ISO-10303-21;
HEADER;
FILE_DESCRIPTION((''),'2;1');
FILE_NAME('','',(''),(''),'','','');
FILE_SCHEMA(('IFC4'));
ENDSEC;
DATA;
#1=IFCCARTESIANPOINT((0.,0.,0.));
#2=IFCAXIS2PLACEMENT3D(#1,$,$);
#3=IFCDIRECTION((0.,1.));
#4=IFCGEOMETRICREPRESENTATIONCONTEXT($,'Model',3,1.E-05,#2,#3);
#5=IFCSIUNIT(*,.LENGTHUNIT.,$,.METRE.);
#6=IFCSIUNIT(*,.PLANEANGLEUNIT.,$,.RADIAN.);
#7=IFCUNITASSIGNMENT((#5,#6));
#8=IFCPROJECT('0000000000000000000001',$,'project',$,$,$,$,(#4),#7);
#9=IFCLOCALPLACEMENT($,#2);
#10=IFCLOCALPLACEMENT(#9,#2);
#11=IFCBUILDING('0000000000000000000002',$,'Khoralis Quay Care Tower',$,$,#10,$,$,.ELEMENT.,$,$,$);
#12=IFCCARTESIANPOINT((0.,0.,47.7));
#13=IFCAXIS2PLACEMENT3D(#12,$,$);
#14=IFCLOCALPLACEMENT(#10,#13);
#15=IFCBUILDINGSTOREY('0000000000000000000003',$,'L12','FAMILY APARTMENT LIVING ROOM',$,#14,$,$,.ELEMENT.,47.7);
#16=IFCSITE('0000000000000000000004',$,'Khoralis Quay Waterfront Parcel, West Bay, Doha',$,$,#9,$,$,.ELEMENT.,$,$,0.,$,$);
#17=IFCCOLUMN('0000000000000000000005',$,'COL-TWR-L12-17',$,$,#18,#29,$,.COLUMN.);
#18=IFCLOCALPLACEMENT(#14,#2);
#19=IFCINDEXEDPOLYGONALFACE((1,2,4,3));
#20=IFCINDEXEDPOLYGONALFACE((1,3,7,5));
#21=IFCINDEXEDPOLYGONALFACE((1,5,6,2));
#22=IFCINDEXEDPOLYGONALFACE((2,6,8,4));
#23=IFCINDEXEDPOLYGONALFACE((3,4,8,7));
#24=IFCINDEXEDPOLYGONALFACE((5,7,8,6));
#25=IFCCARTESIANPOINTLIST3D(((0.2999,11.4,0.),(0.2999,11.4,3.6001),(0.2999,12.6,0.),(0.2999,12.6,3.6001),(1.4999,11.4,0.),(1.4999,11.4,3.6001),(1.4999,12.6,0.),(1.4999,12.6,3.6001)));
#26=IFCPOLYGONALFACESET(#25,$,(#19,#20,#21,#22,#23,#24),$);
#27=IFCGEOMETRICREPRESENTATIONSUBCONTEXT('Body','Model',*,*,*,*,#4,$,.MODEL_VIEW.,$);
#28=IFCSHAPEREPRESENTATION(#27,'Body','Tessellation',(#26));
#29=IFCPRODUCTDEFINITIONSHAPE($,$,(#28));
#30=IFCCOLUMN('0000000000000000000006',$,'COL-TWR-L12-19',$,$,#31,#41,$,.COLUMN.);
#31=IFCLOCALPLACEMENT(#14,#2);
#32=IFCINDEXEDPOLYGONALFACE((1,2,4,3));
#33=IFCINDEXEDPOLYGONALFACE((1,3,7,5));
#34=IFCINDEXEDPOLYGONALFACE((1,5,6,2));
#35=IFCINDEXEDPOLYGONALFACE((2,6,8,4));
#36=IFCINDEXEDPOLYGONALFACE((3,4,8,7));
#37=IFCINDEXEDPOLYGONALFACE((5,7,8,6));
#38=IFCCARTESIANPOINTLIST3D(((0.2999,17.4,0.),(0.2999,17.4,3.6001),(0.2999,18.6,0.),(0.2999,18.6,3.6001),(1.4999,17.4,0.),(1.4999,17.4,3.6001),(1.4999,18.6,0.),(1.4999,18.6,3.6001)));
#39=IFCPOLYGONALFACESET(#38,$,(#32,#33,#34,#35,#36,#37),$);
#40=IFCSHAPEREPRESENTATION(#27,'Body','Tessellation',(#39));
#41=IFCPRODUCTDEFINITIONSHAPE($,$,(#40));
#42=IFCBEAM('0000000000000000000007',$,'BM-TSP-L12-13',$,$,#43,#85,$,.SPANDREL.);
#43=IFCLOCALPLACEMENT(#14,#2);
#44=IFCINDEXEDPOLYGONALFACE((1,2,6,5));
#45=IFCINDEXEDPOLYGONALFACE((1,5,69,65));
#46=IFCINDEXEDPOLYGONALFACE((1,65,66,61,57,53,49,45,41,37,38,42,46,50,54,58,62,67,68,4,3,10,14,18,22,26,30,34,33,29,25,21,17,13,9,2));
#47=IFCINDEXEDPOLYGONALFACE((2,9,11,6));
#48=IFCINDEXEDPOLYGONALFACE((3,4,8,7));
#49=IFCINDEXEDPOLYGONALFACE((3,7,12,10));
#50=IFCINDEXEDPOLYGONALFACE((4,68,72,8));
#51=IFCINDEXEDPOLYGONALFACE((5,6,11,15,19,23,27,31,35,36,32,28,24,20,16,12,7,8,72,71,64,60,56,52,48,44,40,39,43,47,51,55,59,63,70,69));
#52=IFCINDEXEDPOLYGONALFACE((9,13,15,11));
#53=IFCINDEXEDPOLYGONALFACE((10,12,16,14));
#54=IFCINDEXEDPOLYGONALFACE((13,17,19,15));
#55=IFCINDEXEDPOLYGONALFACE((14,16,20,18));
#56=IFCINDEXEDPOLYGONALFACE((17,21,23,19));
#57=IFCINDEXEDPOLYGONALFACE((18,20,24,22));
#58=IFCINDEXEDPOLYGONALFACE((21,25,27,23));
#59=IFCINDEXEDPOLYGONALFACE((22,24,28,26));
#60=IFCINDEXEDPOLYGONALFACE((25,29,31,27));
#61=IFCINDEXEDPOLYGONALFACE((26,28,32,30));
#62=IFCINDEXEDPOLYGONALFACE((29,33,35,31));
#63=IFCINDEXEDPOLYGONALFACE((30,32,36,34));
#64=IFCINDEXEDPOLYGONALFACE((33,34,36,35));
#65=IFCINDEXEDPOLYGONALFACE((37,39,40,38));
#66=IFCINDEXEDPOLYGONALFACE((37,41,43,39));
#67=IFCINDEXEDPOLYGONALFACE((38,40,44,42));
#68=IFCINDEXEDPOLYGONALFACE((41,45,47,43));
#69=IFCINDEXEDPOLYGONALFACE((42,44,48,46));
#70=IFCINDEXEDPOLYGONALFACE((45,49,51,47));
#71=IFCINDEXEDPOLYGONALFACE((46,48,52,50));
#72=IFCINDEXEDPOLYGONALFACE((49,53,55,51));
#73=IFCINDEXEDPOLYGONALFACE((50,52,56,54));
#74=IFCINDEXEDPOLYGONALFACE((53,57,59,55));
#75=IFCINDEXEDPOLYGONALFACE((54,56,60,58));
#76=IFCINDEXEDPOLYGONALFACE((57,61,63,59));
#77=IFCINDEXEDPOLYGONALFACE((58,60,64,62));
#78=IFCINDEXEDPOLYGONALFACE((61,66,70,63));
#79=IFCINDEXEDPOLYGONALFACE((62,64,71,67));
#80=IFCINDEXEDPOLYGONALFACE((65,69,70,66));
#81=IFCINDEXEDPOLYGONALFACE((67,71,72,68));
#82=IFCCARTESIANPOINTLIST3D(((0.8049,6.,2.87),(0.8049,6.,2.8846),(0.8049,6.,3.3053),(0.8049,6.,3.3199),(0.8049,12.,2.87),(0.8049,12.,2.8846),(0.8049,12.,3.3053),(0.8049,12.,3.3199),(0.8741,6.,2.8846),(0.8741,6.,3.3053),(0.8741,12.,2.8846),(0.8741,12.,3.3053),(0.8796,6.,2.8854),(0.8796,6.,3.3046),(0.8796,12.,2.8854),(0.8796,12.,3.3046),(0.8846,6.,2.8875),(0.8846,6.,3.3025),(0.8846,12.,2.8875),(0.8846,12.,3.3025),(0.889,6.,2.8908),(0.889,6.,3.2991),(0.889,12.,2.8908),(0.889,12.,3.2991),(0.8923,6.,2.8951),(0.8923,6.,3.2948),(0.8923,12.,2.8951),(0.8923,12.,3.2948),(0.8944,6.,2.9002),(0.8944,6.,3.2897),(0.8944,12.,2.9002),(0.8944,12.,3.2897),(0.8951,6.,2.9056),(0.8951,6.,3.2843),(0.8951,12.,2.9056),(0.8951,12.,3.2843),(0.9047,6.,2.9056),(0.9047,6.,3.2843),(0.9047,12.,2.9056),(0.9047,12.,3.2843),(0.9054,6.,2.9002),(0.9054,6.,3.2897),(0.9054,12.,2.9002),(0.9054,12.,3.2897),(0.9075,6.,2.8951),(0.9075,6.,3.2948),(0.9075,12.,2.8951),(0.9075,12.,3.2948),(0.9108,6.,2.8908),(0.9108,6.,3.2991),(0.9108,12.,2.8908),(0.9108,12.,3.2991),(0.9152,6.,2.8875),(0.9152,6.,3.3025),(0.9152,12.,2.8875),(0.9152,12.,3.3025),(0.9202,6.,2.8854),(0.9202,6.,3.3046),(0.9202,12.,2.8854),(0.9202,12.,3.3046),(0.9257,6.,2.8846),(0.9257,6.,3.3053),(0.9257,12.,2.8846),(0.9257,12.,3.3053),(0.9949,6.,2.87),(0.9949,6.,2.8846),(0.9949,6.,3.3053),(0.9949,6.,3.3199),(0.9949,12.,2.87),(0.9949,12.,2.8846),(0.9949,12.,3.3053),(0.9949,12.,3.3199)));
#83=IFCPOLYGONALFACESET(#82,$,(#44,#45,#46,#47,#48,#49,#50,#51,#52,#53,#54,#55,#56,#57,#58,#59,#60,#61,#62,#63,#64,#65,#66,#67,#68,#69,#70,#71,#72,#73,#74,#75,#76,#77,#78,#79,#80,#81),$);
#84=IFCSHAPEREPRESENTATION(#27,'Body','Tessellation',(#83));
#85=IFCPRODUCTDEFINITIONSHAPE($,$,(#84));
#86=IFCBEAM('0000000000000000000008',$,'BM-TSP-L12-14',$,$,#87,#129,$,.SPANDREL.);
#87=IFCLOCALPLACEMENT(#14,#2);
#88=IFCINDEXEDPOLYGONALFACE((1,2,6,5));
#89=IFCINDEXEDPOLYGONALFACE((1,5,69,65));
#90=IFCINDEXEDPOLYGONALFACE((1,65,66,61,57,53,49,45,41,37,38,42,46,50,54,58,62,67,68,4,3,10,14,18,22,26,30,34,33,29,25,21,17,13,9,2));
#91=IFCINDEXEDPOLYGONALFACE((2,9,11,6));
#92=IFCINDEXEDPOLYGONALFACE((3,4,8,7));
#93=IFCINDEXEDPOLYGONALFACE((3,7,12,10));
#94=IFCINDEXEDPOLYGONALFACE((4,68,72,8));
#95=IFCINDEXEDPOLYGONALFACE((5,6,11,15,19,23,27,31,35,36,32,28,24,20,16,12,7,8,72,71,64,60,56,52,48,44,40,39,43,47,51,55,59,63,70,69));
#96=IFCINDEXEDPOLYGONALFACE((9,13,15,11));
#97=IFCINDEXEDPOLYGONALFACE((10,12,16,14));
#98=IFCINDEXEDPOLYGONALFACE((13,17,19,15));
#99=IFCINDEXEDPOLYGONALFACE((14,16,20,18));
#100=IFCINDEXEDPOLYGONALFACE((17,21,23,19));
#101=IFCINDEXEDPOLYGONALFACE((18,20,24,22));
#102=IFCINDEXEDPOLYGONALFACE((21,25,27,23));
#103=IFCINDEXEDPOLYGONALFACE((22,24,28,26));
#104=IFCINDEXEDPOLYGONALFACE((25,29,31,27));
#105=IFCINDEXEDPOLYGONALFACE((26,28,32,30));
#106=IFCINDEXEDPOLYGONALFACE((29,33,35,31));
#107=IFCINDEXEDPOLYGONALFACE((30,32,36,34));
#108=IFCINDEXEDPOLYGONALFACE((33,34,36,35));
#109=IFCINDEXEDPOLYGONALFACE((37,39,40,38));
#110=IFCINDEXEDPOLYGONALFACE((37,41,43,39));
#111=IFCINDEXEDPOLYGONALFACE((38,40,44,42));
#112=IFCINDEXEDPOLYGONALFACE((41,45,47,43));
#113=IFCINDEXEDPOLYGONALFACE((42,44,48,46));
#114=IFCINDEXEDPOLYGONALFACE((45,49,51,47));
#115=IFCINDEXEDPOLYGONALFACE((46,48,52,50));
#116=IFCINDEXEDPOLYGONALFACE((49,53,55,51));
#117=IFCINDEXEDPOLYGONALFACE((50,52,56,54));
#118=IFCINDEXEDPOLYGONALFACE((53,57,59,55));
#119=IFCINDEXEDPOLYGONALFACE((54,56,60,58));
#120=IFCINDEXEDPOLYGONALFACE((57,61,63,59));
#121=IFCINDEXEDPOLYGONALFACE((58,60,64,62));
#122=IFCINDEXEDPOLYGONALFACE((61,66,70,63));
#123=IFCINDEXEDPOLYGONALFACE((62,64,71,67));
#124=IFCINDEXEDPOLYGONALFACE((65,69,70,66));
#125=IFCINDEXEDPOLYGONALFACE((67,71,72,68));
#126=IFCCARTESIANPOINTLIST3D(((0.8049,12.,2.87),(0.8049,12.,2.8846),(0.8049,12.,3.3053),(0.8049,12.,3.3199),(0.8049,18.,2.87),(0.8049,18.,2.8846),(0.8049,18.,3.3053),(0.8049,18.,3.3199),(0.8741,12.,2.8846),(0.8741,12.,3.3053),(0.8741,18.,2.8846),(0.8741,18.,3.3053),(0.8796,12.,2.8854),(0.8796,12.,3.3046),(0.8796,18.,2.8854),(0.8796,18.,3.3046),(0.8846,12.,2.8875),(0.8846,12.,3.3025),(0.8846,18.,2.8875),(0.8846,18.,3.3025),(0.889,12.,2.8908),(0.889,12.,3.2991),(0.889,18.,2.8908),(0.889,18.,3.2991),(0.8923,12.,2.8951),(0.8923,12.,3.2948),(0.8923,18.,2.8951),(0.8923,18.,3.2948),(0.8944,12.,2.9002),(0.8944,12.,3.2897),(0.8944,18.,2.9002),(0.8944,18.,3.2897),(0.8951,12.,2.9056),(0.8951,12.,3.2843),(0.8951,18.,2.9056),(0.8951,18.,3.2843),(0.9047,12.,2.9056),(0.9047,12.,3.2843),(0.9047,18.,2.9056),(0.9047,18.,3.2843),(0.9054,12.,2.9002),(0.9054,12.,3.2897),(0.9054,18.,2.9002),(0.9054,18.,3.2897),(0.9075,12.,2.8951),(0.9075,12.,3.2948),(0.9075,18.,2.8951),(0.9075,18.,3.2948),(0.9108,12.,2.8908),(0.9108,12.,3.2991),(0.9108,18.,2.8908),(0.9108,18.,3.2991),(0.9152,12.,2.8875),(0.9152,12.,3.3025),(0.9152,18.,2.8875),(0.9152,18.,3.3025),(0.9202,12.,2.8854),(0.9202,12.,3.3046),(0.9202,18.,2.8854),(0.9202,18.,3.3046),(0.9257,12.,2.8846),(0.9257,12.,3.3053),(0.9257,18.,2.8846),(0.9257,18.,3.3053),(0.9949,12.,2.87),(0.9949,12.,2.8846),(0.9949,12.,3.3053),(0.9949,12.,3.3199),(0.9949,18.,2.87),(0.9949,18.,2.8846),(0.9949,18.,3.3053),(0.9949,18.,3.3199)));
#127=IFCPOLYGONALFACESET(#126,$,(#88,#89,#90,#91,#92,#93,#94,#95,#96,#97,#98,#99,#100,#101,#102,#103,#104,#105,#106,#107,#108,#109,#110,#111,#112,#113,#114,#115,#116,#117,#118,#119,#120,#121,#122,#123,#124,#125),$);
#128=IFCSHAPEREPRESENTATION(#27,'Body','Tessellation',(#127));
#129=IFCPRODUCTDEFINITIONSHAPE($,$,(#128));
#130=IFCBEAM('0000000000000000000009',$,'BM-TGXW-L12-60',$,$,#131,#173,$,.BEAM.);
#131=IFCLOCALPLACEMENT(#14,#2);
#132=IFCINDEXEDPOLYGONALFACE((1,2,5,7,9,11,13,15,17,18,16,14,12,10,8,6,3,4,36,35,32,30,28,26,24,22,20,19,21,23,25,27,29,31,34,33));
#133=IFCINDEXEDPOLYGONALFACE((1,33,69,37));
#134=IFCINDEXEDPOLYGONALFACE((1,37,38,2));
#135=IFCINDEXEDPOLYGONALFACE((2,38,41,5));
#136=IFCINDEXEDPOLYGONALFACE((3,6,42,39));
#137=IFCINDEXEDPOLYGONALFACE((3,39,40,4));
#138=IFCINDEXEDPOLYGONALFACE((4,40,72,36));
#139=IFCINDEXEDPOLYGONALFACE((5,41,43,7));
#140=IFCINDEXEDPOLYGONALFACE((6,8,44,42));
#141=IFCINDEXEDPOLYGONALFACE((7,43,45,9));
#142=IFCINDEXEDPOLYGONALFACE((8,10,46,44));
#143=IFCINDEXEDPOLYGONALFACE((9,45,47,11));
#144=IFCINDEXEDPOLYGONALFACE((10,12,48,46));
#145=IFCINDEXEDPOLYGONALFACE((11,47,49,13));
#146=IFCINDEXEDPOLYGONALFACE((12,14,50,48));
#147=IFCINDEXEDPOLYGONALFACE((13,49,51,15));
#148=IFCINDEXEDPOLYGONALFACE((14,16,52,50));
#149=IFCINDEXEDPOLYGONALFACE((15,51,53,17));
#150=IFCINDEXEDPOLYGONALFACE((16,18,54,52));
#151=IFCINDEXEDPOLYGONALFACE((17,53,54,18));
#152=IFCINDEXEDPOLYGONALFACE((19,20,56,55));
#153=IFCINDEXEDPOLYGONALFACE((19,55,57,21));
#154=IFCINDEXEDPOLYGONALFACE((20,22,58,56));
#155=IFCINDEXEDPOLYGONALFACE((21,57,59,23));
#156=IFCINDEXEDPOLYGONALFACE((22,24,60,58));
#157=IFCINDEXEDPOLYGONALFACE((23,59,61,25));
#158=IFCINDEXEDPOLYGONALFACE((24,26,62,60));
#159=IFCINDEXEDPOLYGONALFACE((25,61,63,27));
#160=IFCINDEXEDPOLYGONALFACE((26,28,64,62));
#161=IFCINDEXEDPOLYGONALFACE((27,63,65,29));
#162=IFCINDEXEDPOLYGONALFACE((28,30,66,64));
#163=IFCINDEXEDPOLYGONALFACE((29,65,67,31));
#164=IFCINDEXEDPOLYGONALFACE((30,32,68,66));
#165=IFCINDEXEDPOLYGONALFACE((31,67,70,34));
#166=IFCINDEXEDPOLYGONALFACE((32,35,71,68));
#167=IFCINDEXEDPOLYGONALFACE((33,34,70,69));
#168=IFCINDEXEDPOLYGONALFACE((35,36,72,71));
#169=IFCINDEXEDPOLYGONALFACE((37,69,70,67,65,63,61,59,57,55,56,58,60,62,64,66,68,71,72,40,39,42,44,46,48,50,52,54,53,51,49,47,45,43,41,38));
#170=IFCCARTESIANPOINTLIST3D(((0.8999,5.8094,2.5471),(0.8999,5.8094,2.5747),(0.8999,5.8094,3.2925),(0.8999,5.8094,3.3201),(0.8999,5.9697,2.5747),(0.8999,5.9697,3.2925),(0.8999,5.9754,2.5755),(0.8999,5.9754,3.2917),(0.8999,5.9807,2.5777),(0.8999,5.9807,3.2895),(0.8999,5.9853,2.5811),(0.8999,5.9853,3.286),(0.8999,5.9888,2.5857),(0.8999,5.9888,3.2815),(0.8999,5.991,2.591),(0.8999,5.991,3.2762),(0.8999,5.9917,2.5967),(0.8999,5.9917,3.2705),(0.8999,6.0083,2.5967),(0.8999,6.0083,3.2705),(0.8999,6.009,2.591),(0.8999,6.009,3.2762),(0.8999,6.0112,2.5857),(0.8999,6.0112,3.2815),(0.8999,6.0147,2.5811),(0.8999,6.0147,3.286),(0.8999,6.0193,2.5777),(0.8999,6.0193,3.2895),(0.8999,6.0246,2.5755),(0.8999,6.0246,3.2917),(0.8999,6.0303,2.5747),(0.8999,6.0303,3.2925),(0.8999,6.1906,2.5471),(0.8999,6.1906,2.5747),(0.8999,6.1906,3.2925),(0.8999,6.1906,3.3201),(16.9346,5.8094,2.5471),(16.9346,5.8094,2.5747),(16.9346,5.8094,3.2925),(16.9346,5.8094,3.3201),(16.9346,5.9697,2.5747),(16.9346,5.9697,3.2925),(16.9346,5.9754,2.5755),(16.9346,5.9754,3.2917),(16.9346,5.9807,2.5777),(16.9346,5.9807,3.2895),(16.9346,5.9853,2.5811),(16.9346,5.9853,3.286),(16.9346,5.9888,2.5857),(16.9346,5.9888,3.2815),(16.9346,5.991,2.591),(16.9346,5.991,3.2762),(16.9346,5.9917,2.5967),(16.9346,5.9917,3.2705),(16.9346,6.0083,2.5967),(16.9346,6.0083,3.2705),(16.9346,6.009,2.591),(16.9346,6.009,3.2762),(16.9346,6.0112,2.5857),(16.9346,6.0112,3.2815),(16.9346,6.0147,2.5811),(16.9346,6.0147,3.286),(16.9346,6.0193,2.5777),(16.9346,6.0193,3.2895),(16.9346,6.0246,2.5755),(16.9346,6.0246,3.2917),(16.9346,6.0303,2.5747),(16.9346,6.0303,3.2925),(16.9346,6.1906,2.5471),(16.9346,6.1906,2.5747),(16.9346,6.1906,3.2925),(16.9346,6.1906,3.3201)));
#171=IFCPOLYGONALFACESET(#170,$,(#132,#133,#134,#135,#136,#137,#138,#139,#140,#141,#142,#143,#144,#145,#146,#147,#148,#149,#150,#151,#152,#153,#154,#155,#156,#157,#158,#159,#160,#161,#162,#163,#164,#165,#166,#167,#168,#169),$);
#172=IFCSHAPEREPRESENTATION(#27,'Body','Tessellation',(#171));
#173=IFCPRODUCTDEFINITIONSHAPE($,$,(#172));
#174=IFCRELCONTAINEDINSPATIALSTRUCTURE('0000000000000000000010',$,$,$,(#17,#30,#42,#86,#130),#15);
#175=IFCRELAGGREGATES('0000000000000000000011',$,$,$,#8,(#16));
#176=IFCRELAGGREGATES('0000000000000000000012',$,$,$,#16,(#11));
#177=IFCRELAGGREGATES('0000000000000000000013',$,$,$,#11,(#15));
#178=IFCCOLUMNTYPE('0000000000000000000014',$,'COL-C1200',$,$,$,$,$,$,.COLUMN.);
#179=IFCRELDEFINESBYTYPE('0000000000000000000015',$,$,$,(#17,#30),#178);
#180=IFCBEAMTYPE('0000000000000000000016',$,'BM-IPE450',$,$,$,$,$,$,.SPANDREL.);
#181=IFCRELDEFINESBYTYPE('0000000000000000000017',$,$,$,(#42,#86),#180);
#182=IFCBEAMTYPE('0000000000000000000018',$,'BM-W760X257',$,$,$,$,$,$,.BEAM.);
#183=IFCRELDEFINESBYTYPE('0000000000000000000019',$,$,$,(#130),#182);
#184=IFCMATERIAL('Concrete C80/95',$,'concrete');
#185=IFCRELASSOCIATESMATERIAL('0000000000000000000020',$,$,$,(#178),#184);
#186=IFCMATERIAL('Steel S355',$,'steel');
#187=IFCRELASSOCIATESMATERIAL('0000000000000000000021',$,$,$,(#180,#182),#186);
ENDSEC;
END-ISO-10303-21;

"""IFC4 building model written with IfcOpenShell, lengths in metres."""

from ifc_helpers import new_model, si_unit, direction, frame, origin, origin_2d, place, context, subcontext, project, spatial, rectangle, i_section, extrude, source, transform, mapped, material, material_profile, profile_set, type_object, element, save


model = new_model("IFC4")

# Units and contexts
model_context = context("Model", 3, precision=1e-05, world=origin(), true_north=direction((0.0, 1.0)))
body_context = subcontext(model_context, "Body", "Model", "MODEL_VIEW")
ifc_project = project(units=[si_unit("LENGTHUNIT", "METRE"), si_unit("PLANEANGLEUNIT", "RADIAN")], contexts=[model_context])

# Site, building, storey
site_placement = place(None, origin())
site = spatial("IfcSite", under=ifc_project, at=site_placement, Name="Khoralis Quay Waterfront Parcel, West Bay, Doha", CompositionType="ELEMENT", RefElevation=0.0)
building_placement = place(site_placement, origin())
building = spatial("IfcBuilding", under=site, at=building_placement, Name="Khoralis Quay Care Tower", CompositionType="ELEMENT")
storey_placement = place(building_placement, frame((0.0, 0.0, 47.7)))
storey = spatial("IfcBuildingStorey", under=building, at=storey_placement, Name="L12", Description="FAMILY APARTMENT LIVING ROOM", CompositionType="ELEMENT", Elevation=47.7)

# Columns
ifc_material_1 = material(Name="Concrete C80/95", Category="concrete")
ifc_material_profile_1 = material_profile(ifc_material_1, rectangle(XDim=1.2, YDim=1.2, at=origin_2d()), Name="Concrete C80/95")
ifc_profile_set_1 = profile_set([ifc_material_profile_1], Name="Concrete C80/95")
column_type = type_object("IfcColumnType", Name="COL-C1200", PredefinedType="COLUMN", material=ifc_profile_set_1)
shared_shape_1 = source(origin(), body_context, "Body", "SweptSolid", [
    extrude(rectangle(XDim=1.2, YDim=1.2, at=origin_2d()), origin(), (0.0, 0.0, 1.0), 3.6001),
])
for number, where, z_axis, x_axis, name in (
    (1, (0.8999, 12.0, 0.0), (0.0, 0.0, 1.0), (1.0, 0.0, 0.0), "COL-TWR-L12-17"),
    (2, (0.8999, 18.0, 0.0), (0.0, 0.0, 1.0), (1.0, 0.0, 0.0), "COL-TWR-L12-19"),
):
    element("IfcColumn", number, at=place(storey_placement, frame(where, z_axis=z_axis, x_axis=x_axis)), inside=storey, type_object=column_type, Name=name, PredefinedType="COLUMN", context=body_context, shape_type="MappedRepresentation", body=[
        mapped(shared_shape_1, transform((0.0, 0.0, 0.0), scale=1.0)),
    ])

# Beams
ifc_material_2 = material(Name="Steel S355", Category="steel")
ifc_material_profile_2 = material_profile(ifc_material_2, i_section(OverallWidth=0.1899, OverallDepth=0.45, WebThickness=0.0095, FlangeThickness=0.0146, FilletRadius=0.021, at=origin_2d()), Name="Steel S355")
ifc_profile_set_2 = profile_set([ifc_material_profile_2], Name="Steel S355")
beam_type_1 = type_object("IfcBeamType", Name="BM-IPE450", PredefinedType="SPANDREL", material=ifc_profile_set_2)
shared_shape_2 = source(origin(), body_context, "Body", "SweptSolid", [
    extrude(i_section(OverallWidth=0.1899, OverallDepth=0.45, WebThickness=0.0095, FlangeThickness=0.0146, FilletRadius=0.021, at=origin_2d()), origin(), (0.0, 0.0, 1.0), 6.0),
])
for number, where, z_axis, x_axis, name in (
    (3, (0.8999, 6.0, 3.095), (0.0, 1.0, 0.0), (-1.0, 0.0, 0.0), "BM-TSP-L12-13"),
    (4, (0.8999, 12.0, 3.095), (0.0, 1.0, 0.0), (-1.0, 0.0, 0.0), "BM-TSP-L12-14"),
):
    element("IfcBeam", number, at=place(storey_placement, frame(where, z_axis=z_axis, x_axis=x_axis)), inside=storey, type_object=beam_type_1, Name=name, PredefinedType="SPANDREL", context=body_context, shape_type="MappedRepresentation", body=[
        mapped(shared_shape_2, transform((0.0, 0.0, 0.0), scale=1.0)),
    ])
ifc_material_profile_3 = material_profile(ifc_material_2, i_section(OverallWidth=0.3811, OverallDepth=0.7729, WebThickness=0.0166, FlangeThickness=0.0276, FilletRadius=0.022, at=origin_2d()), Name="Steel S355")
ifc_profile_set_3 = profile_set([ifc_material_profile_3], Name="Steel S355")
beam_type_2 = type_object("IfcBeamType", Name="BM-W760X257", PredefinedType="BEAM", material=ifc_profile_set_3)
shared_shape_3 = source(origin(), body_context, "Body", "SweptSolid", [
    extrude(i_section(OverallWidth=0.3811, OverallDepth=0.7729, WebThickness=0.0166, FlangeThickness=0.0276, FilletRadius=0.022, at=origin_2d()), origin(), (0.0, 0.0, 1.0), 16.0347),
])
beam_1_placement = place(storey_placement, frame((0.8999, 6.0, 2.9336), z_axis=(1.0, 0.0, 0.0), x_axis=(0.0, 1.0, 0.0)))
element("IfcBeam", 5, at=beam_1_placement, inside=storey, type_object=beam_type_2, Name="BM-TGXW-L12-60", PredefinedType="BEAM", context=body_context, shape_type="MappedRepresentation", body=[
    mapped(shared_shape_3, transform((0.0, 0.0, 0.0), scale=1.0)),
])

save(model, "model.ifc")
